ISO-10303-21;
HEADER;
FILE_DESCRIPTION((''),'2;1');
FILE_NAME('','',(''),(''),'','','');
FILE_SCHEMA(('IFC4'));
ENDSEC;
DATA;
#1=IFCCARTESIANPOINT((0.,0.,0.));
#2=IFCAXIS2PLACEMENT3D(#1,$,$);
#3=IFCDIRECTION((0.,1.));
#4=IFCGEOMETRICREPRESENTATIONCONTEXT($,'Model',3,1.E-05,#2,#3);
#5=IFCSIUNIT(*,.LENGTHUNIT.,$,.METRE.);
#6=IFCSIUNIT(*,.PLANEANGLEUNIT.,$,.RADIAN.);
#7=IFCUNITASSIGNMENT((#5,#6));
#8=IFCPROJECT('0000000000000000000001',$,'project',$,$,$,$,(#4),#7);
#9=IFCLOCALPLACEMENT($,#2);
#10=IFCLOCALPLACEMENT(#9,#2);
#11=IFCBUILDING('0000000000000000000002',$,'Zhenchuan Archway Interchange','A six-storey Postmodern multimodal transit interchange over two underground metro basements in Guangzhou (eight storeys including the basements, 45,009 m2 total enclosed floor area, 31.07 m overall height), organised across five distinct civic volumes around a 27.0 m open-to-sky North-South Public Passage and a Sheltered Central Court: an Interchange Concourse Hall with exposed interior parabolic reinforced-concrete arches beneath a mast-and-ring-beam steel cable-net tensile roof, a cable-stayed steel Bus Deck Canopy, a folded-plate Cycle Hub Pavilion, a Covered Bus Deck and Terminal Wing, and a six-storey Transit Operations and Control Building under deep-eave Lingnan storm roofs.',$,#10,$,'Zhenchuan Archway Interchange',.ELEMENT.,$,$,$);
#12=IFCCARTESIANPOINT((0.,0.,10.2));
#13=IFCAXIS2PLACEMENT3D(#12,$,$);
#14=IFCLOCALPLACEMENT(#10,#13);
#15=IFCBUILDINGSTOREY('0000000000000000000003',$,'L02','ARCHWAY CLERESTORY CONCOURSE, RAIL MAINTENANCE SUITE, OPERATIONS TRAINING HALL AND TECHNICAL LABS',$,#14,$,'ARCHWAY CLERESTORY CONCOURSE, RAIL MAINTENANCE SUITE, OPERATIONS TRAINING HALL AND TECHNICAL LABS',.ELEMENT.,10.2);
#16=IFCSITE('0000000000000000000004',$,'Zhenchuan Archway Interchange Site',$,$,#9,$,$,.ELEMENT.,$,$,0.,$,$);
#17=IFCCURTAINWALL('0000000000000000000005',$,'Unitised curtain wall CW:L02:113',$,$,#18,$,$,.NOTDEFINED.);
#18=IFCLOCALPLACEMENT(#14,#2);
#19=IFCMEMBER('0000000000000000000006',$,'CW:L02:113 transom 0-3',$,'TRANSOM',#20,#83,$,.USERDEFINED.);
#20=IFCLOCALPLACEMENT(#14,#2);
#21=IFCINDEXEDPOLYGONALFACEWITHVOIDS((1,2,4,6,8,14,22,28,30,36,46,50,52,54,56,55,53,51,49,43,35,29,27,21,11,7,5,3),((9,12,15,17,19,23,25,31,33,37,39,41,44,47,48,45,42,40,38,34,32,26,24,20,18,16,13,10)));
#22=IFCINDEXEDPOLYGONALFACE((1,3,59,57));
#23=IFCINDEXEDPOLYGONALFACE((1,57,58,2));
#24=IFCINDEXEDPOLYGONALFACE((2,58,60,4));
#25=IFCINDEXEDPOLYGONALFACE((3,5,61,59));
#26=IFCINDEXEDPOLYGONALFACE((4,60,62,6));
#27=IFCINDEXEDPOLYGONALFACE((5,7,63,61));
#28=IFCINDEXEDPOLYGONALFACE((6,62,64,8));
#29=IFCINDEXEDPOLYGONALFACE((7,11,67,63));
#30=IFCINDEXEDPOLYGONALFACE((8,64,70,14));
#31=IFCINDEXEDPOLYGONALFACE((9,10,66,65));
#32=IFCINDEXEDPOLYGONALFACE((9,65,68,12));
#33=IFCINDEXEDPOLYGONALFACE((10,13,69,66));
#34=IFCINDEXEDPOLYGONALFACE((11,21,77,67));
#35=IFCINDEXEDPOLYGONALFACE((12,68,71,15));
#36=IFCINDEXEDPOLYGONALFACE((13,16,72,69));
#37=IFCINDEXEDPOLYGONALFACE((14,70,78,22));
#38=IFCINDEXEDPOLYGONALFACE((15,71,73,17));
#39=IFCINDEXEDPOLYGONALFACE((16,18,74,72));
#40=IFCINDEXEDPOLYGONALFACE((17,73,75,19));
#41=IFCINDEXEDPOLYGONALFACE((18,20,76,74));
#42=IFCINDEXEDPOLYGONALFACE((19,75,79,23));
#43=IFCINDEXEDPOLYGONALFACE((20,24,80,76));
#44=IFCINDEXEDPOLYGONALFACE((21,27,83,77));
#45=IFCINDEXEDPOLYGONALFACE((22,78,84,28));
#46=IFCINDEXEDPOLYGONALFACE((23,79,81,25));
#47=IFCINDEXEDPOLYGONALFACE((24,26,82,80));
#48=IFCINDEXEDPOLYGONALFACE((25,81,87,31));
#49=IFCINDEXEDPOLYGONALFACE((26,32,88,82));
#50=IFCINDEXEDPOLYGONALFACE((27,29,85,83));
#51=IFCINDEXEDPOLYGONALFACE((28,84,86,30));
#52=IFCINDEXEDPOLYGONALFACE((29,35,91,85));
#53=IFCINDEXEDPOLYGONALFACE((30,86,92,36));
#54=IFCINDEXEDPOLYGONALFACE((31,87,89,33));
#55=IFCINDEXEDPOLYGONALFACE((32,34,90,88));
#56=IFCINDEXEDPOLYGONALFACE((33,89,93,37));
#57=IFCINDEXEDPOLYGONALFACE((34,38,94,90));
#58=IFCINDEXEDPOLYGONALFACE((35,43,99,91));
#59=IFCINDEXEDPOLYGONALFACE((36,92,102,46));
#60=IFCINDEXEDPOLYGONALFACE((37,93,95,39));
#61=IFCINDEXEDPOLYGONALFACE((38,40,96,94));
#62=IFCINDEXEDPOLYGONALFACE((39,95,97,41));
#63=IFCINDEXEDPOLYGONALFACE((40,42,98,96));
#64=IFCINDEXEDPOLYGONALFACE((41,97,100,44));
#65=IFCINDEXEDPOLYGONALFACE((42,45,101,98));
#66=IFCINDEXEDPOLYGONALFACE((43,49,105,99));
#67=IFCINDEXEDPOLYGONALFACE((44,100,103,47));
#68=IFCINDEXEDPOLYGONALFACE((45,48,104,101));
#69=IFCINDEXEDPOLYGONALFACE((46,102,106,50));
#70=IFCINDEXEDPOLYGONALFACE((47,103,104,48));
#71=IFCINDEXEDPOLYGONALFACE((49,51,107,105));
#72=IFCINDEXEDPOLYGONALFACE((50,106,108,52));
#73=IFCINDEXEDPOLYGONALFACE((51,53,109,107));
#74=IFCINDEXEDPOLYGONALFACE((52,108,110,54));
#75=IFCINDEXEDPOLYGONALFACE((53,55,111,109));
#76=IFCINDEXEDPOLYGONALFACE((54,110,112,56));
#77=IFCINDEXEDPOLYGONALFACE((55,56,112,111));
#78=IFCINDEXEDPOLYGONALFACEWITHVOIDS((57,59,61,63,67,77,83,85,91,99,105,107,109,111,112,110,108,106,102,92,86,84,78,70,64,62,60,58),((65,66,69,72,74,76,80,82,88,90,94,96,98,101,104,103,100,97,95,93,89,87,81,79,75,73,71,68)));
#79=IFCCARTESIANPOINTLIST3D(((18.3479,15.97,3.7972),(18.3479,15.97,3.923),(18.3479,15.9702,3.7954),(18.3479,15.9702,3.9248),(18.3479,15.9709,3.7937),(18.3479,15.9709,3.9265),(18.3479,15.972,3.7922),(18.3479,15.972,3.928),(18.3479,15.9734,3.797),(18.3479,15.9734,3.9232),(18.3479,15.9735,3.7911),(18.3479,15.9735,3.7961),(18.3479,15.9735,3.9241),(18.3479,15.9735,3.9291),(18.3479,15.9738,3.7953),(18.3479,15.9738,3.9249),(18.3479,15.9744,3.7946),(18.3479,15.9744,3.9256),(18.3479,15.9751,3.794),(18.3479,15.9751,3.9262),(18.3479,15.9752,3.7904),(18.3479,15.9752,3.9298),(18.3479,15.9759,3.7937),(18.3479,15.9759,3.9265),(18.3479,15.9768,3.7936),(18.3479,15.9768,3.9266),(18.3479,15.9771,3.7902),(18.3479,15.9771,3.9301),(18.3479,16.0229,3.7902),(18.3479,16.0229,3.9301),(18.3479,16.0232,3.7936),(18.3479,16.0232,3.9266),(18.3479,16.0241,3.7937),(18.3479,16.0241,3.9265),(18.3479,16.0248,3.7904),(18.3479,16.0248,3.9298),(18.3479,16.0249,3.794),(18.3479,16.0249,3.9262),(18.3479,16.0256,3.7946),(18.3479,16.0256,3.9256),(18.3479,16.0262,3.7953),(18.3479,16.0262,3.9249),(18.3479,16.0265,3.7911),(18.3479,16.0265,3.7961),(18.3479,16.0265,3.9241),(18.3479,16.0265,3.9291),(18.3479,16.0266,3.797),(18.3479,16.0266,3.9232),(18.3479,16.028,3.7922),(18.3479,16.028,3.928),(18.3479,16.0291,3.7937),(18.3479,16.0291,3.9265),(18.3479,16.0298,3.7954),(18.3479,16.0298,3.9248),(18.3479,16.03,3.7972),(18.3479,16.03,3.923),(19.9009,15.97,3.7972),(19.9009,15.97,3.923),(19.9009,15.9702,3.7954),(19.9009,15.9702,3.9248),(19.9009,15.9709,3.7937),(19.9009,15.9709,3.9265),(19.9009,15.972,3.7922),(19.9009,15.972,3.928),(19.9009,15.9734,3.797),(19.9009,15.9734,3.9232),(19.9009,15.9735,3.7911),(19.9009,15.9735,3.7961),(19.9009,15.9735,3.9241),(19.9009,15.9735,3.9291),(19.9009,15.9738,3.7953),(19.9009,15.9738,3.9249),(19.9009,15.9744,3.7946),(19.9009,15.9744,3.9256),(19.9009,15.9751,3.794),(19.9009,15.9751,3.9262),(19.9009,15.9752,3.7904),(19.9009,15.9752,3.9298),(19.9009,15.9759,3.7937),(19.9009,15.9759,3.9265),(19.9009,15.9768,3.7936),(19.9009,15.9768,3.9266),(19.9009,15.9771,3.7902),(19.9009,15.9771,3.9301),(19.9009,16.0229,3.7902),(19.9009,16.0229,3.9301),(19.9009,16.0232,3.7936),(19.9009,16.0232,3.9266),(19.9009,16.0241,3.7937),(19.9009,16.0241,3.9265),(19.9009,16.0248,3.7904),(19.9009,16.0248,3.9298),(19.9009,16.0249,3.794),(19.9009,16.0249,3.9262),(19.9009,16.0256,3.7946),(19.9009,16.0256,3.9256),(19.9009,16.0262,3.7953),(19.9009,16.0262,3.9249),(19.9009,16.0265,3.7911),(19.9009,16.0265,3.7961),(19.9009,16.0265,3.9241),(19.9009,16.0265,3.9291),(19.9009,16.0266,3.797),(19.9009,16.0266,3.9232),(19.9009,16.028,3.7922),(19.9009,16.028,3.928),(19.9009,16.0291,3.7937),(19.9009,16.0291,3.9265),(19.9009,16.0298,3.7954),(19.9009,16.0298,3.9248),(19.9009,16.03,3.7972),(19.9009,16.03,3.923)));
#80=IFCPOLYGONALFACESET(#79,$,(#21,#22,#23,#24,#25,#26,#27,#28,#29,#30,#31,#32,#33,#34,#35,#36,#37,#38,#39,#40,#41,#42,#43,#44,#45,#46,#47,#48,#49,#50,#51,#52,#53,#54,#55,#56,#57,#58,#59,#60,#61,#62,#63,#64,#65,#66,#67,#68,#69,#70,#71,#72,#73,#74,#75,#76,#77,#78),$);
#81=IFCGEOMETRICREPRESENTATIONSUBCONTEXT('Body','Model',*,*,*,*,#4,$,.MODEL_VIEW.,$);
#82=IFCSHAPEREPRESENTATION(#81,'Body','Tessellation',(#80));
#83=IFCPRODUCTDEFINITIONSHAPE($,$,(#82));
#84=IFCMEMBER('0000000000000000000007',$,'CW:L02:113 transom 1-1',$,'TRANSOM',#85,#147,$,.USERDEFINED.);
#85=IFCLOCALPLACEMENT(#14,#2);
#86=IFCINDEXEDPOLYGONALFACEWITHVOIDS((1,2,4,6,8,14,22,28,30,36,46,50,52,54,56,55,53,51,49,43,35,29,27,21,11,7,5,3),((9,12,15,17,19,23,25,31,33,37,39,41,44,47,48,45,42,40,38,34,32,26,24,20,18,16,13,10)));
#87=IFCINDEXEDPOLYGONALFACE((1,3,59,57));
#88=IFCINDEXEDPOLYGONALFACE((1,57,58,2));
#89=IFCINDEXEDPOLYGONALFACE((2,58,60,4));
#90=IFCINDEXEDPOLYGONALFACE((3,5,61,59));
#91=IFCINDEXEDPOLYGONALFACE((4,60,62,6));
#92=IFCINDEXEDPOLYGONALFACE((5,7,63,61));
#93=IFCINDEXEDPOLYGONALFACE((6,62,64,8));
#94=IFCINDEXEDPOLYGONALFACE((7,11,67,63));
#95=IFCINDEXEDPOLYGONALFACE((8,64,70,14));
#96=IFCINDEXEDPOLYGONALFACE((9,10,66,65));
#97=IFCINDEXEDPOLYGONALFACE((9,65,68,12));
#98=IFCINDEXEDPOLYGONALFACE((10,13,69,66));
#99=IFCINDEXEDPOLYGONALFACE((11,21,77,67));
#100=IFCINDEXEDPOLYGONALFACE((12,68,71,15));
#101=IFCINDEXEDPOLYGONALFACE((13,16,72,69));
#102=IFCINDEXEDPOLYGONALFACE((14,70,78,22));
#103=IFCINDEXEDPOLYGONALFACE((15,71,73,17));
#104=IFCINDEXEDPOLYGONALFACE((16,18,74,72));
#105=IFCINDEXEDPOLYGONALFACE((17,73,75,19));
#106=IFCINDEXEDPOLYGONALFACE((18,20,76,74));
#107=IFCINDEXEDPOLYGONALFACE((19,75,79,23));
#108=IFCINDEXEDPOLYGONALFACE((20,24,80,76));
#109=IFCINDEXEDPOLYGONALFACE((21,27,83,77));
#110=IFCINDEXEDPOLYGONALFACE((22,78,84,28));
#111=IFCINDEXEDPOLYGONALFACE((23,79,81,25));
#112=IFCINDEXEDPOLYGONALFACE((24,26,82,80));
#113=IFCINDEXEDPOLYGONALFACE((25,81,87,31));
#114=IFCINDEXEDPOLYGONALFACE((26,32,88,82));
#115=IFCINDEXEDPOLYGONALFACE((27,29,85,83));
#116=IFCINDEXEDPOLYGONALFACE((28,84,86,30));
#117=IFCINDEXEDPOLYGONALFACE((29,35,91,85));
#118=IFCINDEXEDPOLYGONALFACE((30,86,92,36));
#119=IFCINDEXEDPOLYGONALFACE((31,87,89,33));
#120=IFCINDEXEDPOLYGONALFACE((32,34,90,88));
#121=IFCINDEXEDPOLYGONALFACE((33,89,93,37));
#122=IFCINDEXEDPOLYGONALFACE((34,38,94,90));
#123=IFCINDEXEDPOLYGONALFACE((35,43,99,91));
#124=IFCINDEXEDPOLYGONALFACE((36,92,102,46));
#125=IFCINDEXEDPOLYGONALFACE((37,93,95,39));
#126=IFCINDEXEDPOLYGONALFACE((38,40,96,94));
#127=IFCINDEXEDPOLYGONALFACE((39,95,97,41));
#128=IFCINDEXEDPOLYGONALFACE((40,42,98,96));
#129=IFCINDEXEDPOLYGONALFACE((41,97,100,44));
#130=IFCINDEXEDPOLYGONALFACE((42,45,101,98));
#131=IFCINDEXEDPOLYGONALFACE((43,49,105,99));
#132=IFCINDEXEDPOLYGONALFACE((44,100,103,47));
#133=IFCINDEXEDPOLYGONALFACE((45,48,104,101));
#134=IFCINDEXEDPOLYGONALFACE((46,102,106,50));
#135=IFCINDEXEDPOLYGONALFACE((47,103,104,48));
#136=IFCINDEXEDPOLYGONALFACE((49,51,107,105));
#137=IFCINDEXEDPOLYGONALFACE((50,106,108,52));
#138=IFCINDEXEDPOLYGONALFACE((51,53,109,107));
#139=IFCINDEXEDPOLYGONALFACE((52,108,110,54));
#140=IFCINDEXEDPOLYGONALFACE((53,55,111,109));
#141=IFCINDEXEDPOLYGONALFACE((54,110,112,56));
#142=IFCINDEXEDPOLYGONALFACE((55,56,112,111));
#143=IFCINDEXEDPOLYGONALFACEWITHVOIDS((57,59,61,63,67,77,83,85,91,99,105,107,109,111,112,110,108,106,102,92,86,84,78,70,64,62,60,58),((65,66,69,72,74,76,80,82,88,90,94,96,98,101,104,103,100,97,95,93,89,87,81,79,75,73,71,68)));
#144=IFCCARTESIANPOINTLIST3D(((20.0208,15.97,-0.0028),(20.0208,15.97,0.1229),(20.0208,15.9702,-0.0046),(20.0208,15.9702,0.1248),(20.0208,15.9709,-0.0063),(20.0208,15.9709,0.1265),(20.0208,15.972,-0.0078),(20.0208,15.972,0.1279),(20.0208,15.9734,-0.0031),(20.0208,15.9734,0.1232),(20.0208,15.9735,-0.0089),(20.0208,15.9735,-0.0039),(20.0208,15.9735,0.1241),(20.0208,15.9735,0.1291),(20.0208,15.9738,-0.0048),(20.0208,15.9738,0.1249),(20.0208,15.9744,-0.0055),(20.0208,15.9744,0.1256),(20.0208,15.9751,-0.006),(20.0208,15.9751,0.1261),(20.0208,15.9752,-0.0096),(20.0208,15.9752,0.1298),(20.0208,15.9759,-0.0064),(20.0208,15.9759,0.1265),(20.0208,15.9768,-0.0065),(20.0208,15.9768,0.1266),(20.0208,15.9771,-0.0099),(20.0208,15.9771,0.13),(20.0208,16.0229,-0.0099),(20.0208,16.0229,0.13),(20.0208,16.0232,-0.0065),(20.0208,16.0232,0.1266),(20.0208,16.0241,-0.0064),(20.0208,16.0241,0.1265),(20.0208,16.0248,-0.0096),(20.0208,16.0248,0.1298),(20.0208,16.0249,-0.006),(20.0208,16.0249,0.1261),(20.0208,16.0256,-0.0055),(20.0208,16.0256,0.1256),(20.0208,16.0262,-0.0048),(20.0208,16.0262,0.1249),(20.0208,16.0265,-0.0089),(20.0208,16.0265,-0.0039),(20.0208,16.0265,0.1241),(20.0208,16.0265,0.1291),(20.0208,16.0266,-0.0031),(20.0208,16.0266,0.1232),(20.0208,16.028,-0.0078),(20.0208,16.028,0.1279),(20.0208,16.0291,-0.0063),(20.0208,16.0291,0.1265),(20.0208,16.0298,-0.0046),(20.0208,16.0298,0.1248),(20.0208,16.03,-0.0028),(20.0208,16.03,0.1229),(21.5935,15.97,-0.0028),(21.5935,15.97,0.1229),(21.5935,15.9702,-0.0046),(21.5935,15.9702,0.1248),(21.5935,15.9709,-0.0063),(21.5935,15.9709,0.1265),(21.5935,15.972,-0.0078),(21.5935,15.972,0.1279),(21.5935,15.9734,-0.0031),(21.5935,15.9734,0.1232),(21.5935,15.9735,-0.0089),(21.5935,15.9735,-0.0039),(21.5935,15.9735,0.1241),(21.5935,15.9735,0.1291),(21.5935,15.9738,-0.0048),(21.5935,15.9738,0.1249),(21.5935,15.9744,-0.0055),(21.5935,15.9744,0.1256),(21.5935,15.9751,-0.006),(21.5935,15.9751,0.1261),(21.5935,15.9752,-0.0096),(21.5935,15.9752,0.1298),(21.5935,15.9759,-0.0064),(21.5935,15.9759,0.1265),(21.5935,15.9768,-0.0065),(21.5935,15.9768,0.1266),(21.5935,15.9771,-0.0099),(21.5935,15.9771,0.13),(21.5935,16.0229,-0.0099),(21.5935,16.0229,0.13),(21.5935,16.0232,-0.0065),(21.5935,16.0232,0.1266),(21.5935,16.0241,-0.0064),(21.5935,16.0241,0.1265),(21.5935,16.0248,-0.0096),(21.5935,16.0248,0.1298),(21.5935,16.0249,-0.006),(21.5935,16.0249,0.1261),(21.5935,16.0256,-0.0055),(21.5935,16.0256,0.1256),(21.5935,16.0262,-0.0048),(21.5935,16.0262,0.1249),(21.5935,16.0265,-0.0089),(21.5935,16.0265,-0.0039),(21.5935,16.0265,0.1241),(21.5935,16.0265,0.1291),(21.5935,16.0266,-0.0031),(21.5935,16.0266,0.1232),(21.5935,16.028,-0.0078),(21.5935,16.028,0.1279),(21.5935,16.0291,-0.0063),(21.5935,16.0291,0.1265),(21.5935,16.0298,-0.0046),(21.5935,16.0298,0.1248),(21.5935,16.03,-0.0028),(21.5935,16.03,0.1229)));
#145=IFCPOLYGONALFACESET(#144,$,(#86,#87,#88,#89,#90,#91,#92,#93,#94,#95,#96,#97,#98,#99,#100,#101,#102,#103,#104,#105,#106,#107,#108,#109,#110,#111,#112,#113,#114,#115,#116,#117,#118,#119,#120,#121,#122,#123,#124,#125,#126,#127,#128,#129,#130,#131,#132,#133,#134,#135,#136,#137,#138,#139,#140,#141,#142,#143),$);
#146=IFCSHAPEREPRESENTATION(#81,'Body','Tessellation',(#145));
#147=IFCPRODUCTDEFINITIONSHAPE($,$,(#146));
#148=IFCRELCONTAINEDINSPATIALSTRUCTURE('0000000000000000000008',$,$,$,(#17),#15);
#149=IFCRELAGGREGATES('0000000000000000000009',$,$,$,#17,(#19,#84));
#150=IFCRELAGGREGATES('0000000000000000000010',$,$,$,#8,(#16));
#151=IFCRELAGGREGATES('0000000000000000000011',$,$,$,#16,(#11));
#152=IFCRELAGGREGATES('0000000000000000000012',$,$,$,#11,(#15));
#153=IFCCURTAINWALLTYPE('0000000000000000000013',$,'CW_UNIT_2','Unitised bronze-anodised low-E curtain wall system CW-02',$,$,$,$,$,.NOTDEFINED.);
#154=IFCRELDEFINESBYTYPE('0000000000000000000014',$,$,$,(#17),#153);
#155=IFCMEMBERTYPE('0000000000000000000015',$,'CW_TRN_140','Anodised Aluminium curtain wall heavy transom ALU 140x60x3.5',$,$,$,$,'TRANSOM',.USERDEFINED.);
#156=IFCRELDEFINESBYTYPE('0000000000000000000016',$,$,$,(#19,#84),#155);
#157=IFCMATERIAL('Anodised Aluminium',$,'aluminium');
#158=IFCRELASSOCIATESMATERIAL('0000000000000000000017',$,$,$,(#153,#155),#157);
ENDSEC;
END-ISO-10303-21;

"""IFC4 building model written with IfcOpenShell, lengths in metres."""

from ifc_helpers import new_model, si_unit, direction, frame, origin, origin_2d, place, context, subcontext, project, spatial, hollow_rectangle, extrude, material, material_profile, profile_set, type_object, element, aggregate, save


model = new_model("IFC4")

# Units and contexts
model_context = context("Model", 3, precision=1e-05, world=origin(), true_north=direction((0.0, 1.0)))
body_context = subcontext(model_context, "Body", "Model", "MODEL_VIEW")
ifc_project = project(units=[si_unit("LENGTHUNIT", "METRE"), si_unit("PLANEANGLEUNIT", "RADIAN")], contexts=[model_context])

# Site, building, storey
site_placement = place(None, origin())
site = spatial("IfcSite", under=ifc_project, at=site_placement, Name="Zhenchuan Archway Interchange Site", CompositionType="ELEMENT", RefElevation=0.0)
building_placement = place(site_placement, origin())
building = spatial("IfcBuilding", under=site, at=building_placement, Name="Zhenchuan Archway Interchange", Description="A six-storey Postmodern multimodal transit interchange over two underground metro basements in Guangzhou (eight storeys including the basements, 45,009 m2 total enclosed floor area, 31.07 m overall height), organised across five distinct civic volumes around a 27.0 m open-to-sky North-South Public Passage and a Sheltered Central Court: an Interchange Concourse Hall with exposed interior parabolic reinforced-concrete arches beneath a mast-and-ring-beam steel cable-net tensile roof, a cable-stayed steel Bus Deck Canopy, a folded-plate Cycle Hub Pavilion, a Covered Bus Deck and Terminal Wing, and a six-storey Transit Operations and Control Building under deep-eave Lingnan storm roofs.", LongName="Zhenchuan Archway Interchange", CompositionType="ELEMENT")
storey_placement = place(building_placement, frame((0.0, 0.0, 10.2)))
storey = spatial("IfcBuildingStorey", under=building, at=storey_placement, Name="L02", Description="ARCHWAY CLERESTORY CONCOURSE, RAIL MAINTENANCE SUITE, OPERATIONS TRAINING HALL AND TECHNICAL LABS", LongName="ARCHWAY CLERESTORY CONCOURSE, RAIL MAINTENANCE SUITE, OPERATIONS TRAINING HALL AND TECHNICAL LABS", CompositionType="ELEMENT", Elevation=10.2)

# Curtain wall, members
ifc_material_1 = material(Name="Anodised Aluminium", Category="aluminium")
curtain_wall_type = type_object("IfcCurtainWallType", Name="CW_UNIT_2", Description="Unitised bronze-anodised low-E curtain wall system CW-02", PredefinedType="NOTDEFINED", material=ifc_material_1)
curtain_wall_placement = place(storey_placement, origin())
curtain_wall = element("IfcCurtainWall", 1, at=curtain_wall_placement, inside=storey, type_object=curtain_wall_type, Name="Unitised curtain wall CW:L02:113", PredefinedType="NOTDEFINED")
ifc_material_profile_1 = material_profile(ifc_material_1, hollow_rectangle(XDim=0.0601, YDim=0.1399, WallThickness=0.0034, InnerFilletRadius=0.0034, OuterFilletRadius=0.0071, at=origin_2d()), Name="ALU 140x60x3.5")
ifc_profile_set_1 = profile_set([ifc_material_profile_1], Name="Anodised Aluminium")
member_type_1 = type_object("IfcMemberType", Name="CW_TRN_140", Description="Anodised Aluminium curtain wall heavy transom ALU 140x60x3.5", ElementType="TRANSOM", PredefinedType="USERDEFINED", material=ifc_profile_set_1)
member_1_placement = place(storey_placement, frame((18.3479, 16.0, 3.8601), z_axis=(1.0, 0.0, 0.0), x_axis=(0.0, 1.0, 0.0)))
member_1 = element("IfcMember", 2, at=member_1_placement, type_object=member_type_1, Name="CW:L02:113 transom 0-3", ObjectType="TRANSOM", PredefinedType="USERDEFINED", context=body_context, shape_type="SweptSolid", body=[
    extrude(hollow_rectangle(XDim=0.0601, YDim=0.1399, WallThickness=0.0034, InnerFilletRadius=0.0034, OuterFilletRadius=0.0071, at=origin_2d()), origin(), (0.0, 0.0, 1.0), 1.553),
])
member_2_placement = place(storey_placement, frame((20.0208, 16.0, 0.0601), z_axis=(1.0, 0.0, 0.0), x_axis=(0.0, 1.0, 0.0)))
member_2 = element("IfcMember", 3, at=member_2_placement, type_object=member_type_1, Name="CW:L02:113 transom 1-1", ObjectType="TRANSOM", PredefinedType="USERDEFINED", context=body_context, shape_type="SweptSolid", body=[
    extrude(hollow_rectangle(XDim=0.0601, YDim=0.1399, WallThickness=0.0034, InnerFilletRadius=0.0034, OuterFilletRadius=0.0071, at=origin_2d()), origin(), (0.0, 0.0, 1.0), 1.5728),
])

aggregate(curtain_wall, [member_1, member_2])

save(model, "model.ifc")
